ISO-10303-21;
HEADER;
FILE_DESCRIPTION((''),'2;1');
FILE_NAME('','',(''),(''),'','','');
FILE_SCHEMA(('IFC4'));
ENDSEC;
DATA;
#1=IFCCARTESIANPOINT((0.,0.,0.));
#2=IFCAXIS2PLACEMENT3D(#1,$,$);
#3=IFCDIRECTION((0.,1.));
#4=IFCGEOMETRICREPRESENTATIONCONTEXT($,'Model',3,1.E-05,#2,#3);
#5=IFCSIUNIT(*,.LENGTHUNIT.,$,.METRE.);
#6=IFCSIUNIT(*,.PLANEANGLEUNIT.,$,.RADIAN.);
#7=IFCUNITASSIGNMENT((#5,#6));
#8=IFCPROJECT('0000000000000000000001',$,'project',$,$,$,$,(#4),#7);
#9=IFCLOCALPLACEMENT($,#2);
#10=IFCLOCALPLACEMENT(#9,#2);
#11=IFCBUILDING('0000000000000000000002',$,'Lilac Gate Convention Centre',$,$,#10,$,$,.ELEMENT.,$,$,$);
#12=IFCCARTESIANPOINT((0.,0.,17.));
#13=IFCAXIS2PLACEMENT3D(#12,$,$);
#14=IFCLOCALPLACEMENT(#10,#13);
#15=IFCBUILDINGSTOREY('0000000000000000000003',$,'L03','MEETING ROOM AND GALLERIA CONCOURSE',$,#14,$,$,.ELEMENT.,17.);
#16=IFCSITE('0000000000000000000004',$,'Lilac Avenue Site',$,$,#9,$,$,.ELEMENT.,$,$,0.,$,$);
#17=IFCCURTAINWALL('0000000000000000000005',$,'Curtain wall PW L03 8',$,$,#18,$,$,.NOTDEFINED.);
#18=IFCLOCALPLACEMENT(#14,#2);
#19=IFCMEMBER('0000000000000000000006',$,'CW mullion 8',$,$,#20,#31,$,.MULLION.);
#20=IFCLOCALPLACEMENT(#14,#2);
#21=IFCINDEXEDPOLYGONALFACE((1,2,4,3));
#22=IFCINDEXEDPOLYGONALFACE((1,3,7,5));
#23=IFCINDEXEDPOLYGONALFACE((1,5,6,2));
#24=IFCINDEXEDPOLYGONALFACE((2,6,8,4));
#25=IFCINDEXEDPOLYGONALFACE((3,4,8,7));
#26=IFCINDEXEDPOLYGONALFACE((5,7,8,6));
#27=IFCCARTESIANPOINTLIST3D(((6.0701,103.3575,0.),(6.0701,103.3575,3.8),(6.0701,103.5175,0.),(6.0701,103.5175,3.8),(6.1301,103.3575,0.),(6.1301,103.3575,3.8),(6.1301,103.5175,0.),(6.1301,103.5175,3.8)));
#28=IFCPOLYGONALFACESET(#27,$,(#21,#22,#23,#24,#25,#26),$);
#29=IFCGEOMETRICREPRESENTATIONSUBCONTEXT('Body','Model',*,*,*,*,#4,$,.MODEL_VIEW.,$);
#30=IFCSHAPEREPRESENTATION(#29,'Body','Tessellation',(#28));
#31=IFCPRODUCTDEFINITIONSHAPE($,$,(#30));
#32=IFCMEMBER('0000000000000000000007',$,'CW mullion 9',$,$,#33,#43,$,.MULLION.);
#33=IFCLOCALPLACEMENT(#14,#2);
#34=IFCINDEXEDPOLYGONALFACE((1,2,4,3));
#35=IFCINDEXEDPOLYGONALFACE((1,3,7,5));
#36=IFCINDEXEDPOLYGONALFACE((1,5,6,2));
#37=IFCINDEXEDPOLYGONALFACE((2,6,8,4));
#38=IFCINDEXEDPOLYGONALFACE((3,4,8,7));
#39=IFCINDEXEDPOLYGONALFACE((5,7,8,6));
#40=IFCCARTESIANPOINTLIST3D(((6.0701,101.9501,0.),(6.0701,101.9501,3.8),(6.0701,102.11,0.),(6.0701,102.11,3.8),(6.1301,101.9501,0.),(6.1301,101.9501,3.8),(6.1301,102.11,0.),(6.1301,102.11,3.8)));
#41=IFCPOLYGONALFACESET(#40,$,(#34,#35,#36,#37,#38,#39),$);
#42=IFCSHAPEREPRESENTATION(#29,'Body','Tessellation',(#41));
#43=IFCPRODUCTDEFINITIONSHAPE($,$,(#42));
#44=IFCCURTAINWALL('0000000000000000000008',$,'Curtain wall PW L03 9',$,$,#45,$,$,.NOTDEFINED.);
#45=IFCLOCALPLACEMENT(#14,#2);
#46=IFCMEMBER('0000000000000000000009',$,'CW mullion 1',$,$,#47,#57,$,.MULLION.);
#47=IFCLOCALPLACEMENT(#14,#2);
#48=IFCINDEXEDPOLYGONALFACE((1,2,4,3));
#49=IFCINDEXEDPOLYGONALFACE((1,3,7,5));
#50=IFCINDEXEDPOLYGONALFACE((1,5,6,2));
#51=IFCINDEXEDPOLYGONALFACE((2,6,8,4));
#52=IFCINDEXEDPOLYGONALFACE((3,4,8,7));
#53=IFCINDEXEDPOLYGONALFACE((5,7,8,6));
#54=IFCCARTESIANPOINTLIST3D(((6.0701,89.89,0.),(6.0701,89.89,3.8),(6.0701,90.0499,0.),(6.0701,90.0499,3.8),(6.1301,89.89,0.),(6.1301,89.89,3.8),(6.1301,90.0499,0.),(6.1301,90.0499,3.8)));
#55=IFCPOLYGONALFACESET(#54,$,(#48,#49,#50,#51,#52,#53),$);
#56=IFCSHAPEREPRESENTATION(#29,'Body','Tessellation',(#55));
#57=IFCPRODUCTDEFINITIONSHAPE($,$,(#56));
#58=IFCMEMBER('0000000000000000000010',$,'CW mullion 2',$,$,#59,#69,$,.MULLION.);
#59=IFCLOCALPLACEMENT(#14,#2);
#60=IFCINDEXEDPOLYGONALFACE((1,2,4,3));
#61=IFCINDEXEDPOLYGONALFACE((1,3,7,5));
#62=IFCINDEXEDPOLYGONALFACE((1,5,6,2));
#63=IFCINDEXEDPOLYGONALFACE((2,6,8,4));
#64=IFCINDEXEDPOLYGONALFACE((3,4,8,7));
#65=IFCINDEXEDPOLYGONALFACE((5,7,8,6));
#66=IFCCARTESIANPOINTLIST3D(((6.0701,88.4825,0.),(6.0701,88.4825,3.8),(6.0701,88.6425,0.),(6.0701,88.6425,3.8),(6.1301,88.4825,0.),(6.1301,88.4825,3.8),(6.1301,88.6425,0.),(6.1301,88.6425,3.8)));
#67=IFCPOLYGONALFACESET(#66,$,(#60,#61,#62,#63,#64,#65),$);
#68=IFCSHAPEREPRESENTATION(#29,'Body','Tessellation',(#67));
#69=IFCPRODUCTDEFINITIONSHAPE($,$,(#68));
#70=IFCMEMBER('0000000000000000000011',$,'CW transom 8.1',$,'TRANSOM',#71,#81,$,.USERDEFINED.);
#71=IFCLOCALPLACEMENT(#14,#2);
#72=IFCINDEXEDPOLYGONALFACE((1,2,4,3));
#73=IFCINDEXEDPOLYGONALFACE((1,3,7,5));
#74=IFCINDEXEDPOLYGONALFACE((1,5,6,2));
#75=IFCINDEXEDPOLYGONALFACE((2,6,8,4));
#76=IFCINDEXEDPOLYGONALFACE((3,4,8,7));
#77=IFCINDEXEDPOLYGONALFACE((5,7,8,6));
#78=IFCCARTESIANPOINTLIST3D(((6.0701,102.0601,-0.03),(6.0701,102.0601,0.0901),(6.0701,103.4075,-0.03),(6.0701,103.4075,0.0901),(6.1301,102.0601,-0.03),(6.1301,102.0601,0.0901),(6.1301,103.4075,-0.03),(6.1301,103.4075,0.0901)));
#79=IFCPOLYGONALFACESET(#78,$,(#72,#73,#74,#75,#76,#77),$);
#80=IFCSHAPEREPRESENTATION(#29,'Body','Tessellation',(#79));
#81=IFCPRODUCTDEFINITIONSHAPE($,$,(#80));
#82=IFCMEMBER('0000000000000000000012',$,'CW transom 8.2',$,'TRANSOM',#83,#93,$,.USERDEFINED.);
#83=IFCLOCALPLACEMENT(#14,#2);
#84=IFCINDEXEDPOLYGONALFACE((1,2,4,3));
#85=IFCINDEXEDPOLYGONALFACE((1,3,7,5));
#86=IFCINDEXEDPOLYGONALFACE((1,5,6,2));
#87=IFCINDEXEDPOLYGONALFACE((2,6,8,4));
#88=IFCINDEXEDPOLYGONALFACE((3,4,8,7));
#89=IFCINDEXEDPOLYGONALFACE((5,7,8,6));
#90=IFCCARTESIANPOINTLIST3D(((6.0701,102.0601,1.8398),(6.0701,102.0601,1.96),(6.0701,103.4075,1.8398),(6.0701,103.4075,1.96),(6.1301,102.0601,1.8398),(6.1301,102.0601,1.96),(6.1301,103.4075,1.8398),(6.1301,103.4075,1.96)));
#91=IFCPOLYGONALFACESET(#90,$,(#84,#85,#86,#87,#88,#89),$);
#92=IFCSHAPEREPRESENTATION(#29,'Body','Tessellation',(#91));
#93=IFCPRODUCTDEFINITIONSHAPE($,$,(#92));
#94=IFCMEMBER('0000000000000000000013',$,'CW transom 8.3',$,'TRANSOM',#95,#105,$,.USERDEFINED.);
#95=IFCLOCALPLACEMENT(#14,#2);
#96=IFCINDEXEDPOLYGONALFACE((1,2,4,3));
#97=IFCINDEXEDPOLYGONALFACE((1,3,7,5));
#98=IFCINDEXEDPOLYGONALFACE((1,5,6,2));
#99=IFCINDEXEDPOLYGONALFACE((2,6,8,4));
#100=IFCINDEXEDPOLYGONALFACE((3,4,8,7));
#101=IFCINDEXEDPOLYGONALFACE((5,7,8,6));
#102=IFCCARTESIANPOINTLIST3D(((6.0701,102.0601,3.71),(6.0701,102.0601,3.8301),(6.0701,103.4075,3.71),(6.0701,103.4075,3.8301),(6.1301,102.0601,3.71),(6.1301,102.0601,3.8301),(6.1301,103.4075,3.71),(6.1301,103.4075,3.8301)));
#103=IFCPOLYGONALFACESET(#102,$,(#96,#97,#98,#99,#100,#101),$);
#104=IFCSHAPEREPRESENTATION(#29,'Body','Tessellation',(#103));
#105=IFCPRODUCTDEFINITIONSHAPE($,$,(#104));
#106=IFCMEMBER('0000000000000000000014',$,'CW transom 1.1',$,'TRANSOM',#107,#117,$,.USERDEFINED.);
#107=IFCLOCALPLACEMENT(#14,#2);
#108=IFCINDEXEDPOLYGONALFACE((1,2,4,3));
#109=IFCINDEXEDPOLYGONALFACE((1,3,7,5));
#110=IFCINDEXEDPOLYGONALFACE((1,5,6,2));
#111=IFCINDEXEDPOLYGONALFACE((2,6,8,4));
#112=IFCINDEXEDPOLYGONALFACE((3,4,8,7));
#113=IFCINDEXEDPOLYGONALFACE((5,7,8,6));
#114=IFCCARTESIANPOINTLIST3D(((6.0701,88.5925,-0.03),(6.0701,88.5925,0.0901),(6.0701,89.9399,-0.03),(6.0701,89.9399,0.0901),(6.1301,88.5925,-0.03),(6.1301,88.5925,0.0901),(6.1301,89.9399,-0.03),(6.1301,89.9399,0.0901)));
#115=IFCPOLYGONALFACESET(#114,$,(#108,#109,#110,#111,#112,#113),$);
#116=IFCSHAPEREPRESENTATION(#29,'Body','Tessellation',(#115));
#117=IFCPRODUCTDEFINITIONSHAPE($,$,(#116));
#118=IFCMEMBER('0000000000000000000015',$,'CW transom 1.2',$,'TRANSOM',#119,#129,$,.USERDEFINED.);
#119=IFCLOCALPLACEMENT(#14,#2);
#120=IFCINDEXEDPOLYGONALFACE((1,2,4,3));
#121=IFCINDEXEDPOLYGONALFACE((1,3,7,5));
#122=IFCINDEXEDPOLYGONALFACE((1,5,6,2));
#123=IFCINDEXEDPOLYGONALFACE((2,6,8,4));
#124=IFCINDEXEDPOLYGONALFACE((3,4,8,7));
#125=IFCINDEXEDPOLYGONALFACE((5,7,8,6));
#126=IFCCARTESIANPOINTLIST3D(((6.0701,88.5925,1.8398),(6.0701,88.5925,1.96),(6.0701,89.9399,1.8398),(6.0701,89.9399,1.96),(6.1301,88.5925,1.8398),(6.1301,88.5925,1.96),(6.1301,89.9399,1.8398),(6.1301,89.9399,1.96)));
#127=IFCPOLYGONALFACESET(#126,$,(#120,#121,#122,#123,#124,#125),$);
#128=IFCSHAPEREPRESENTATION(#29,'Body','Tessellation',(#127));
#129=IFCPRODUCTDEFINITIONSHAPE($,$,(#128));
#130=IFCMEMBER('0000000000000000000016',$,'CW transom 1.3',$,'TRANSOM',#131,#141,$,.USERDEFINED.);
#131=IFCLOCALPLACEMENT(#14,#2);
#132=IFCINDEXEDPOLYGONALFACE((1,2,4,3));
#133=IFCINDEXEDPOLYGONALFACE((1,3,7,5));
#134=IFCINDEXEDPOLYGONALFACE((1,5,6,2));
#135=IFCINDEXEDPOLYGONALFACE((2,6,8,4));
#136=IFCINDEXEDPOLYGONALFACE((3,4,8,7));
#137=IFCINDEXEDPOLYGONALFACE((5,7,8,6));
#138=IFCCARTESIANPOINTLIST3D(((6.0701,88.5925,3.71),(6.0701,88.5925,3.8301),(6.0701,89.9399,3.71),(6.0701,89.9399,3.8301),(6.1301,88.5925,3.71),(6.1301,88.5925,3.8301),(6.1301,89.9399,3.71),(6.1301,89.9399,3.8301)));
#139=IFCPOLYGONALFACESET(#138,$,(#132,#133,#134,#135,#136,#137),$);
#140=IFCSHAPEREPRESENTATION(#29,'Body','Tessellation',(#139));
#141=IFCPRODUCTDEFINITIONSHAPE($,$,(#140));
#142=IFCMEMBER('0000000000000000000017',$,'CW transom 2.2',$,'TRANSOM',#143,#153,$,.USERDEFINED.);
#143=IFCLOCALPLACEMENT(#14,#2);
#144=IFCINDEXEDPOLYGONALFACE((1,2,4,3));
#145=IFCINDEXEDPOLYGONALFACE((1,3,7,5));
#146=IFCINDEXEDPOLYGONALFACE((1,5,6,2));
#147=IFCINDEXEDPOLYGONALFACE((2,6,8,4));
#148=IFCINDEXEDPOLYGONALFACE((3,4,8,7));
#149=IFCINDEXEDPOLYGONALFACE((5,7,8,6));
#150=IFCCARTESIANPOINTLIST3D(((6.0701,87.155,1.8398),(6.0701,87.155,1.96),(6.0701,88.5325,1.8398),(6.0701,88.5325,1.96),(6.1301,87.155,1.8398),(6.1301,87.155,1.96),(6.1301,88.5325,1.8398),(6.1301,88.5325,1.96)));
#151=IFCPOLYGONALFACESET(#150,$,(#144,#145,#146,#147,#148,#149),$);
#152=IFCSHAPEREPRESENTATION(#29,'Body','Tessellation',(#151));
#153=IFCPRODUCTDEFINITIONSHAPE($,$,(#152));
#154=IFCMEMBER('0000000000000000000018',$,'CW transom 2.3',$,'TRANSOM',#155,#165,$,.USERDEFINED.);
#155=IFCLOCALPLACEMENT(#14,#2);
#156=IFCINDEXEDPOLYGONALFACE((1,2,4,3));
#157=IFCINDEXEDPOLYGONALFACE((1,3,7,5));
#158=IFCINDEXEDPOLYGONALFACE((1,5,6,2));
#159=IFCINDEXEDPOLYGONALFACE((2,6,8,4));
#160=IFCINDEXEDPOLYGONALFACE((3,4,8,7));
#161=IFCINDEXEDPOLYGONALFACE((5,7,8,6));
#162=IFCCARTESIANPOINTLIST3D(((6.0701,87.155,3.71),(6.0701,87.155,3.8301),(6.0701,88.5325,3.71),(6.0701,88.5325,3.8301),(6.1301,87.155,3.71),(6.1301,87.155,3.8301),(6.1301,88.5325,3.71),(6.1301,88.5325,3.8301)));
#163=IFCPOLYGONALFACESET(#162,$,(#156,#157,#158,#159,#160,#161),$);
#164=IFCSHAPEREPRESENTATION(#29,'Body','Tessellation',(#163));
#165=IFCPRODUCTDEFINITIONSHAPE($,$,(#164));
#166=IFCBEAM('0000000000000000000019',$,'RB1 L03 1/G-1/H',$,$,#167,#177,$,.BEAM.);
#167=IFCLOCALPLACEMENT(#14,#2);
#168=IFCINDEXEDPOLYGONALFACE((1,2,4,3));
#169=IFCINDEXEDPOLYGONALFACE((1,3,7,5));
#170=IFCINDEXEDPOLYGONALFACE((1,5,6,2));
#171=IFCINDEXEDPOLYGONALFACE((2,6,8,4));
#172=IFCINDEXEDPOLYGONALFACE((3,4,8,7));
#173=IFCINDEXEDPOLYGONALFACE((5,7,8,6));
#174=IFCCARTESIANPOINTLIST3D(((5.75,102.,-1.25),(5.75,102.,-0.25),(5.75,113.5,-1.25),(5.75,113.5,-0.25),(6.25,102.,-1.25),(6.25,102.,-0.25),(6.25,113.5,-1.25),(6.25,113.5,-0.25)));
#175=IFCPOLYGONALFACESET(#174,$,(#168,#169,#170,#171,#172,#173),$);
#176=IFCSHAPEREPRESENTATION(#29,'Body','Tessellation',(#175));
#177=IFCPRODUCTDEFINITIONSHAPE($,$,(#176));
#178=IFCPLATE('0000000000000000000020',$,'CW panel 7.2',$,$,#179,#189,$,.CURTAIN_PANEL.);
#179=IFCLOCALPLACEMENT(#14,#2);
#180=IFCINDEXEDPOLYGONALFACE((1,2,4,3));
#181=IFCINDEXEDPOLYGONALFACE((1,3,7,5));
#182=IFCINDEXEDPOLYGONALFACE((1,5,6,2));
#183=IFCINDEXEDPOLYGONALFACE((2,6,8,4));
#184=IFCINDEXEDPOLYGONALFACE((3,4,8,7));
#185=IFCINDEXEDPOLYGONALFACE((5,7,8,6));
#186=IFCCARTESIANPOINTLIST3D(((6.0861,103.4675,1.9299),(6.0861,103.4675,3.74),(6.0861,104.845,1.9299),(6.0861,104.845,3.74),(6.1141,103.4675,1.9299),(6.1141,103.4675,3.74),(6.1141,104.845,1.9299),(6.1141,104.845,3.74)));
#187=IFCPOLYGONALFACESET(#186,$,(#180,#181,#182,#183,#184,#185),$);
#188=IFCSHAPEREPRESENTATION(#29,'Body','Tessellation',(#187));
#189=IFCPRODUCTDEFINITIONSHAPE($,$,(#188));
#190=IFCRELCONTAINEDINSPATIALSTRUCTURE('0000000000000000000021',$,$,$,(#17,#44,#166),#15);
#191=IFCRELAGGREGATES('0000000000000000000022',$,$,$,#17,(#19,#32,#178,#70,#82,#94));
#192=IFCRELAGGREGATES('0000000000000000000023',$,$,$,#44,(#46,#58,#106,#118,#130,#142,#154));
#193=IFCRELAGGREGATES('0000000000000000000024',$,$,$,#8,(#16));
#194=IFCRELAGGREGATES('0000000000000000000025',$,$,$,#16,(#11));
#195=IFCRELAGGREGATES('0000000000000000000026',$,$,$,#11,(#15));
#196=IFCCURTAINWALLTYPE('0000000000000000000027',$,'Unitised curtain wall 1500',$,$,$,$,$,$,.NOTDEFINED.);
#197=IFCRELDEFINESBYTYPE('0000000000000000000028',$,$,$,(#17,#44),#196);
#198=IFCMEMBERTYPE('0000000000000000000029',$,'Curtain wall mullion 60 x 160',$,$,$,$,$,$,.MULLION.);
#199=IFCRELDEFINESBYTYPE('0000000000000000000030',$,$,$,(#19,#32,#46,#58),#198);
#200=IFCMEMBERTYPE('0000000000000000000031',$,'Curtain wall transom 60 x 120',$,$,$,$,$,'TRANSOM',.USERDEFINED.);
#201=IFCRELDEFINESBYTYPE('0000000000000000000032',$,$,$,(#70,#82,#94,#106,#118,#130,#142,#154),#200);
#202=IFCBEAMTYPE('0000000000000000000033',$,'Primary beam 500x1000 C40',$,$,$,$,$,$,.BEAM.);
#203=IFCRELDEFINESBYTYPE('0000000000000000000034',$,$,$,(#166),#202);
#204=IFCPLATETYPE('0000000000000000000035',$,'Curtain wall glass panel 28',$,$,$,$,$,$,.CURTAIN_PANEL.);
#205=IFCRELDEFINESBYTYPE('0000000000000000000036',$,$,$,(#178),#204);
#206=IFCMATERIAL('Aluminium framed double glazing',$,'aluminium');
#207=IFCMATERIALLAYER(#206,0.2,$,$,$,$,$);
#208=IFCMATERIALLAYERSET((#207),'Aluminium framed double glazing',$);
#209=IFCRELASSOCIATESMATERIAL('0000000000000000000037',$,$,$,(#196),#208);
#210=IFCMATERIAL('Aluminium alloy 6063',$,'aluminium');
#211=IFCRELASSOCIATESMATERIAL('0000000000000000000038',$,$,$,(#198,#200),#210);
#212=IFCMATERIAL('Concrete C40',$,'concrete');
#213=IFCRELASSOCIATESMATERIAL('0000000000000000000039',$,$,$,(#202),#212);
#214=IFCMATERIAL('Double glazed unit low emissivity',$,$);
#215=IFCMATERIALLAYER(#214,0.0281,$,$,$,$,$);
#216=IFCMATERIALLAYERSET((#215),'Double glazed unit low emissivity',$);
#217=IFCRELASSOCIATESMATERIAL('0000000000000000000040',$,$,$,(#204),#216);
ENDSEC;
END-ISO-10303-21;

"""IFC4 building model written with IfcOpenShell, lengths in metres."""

from ifc_helpers import new_model, si_unit, direction, frame, origin, origin_2d, place, context, subcontext, project, spatial, rectangle, extrude, material, layer, layer_set, material_profile, profile_set, type_object, element, aggregate, save


model = new_model("IFC4")

# Units and contexts
model_context = context("Model", 3, precision=1e-05, world=origin(), true_north=direction((0.0, 1.0)))
body_context = subcontext(model_context, "Body", "Model", "MODEL_VIEW")
ifc_project = project(units=[si_unit("LENGTHUNIT", "METRE"), si_unit("PLANEANGLEUNIT", "RADIAN")], contexts=[model_context])

# Site, building, storey
site_placement = place(None, origin())
site = spatial("IfcSite", under=ifc_project, at=site_placement, Name="Lilac Avenue Site", CompositionType="ELEMENT", RefElevation=0.0)
building_placement = place(site_placement, origin())
building = spatial("IfcBuilding", under=site, at=building_placement, Name="Lilac Gate Convention Centre", CompositionType="ELEMENT")
storey_placement = place(building_placement, frame((0.0, 0.0, 17.0)))
storey = spatial("IfcBuildingStorey", under=building, at=storey_placement, Name="L03", Description="MEETING ROOM AND GALLERIA CONCOURSE", CompositionType="ELEMENT", Elevation=17.0)

# Curtain walls, members
ifc_material_1 = material(Name="Aluminium framed double glazing", Category="aluminium")
ifc_layer_1 = layer(ifc_material_1, 0.2)
ifc_layer_set_1 = layer_set([ifc_layer_1], Name="Aluminium framed double glazing")
curtain_wall_type = type_object("IfcCurtainWallType", Name="Unitised curtain wall 1500", PredefinedType="NOTDEFINED", material=ifc_layer_set_1)
curtain_wall_1_placement = place(storey_placement, origin())
curtain_wall_1 = element("IfcCurtainWall", 1, at=curtain_wall_1_placement, inside=storey, type_object=curtain_wall_type, Name="Curtain wall PW L03 8", PredefinedType="NOTDEFINED")
ifc_material_2 = material(Name="Aluminium alloy 6063", Category="aluminium")
ifc_material_profile_1 = material_profile(ifc_material_2, rectangle(XDim=0.0601, YDim=0.1599, at=origin_2d()), Name="Curtain wall mullion 60 x 160")
ifc_profile_set_1 = profile_set([ifc_material_profile_1], Name="Aluminium alloy 6063")
member_type_1 = type_object("IfcMemberType", Name="Curtain wall mullion 60 x 160", PredefinedType="MULLION", material=ifc_profile_set_1)
member_1_placement = place(storey_placement, frame((6.1001, 103.4375, 0.0), z_axis=(0.0, 0.0, 1.0), x_axis=(1.0, 0.0, 0.0)))
member_1 = element("IfcMember", 2, at=member_1_placement, type_object=member_type_1, Name="CW mullion 8", PredefinedType="MULLION", context=body_context, shape_type="SweptSolid", body=[
    extrude(rectangle(XDim=0.0601, YDim=0.1599, at=origin_2d()), origin(), (0.0, 0.0, 1.0), 3.8),
])
member_2_placement = place(storey_placement, frame((6.1001, 102.03, 0.0), z_axis=(0.0, 0.0, 1.0), x_axis=(1.0, 0.0, 0.0)))
member_2 = element("IfcMember", 3, at=member_2_placement, type_object=member_type_1, Name="CW mullion 9", PredefinedType="MULLION", context=body_context, shape_type="SweptSolid", body=[
    extrude(rectangle(XDim=0.0601, YDim=0.1599, at=origin_2d()), origin(), (0.0, 0.0, 1.0), 3.8),
])
curtain_wall_2_placement = place(storey_placement, origin())
curtain_wall_2 = element("IfcCurtainWall", 4, at=curtain_wall_2_placement, inside=storey, type_object=curtain_wall_type, Name="Curtain wall PW L03 9", PredefinedType="NOTDEFINED")
member_3_placement = place(storey_placement, frame((6.1001, 89.97, 0.0), z_axis=(0.0, 0.0, 1.0), x_axis=(1.0, 0.0, 0.0)))
member_3 = element("IfcMember", 5, at=member_3_placement, type_object=member_type_1, Name="CW mullion 1", PredefinedType="MULLION", context=body_context, shape_type="SweptSolid", body=[
    extrude(rectangle(XDim=0.0601, YDim=0.1599, at=origin_2d()), origin(), (0.0, 0.0, 1.0), 3.8),
])
member_4_placement = place(storey_placement, frame((6.1001, 88.5625, 0.0), z_axis=(0.0, 0.0, 1.0), x_axis=(1.0, 0.0, 0.0)))
member_4 = element("IfcMember", 6, at=member_4_placement, type_object=member_type_1, Name="CW mullion 2", PredefinedType="MULLION", context=body_context, shape_type="SweptSolid", body=[
    extrude(rectangle(XDim=0.0601, YDim=0.1599, at=origin_2d()), origin(), (0.0, 0.0, 1.0), 3.8),
])

# Members
ifc_material_profile_2 = material_profile(ifc_material_2, rectangle(XDim=0.0601, YDim=0.1201, at=origin_2d()), Name="Curtain wall transom 60 x 120")
ifc_profile_set_2 = profile_set([ifc_material_profile_2], Name="Aluminium alloy 6063")
member_type_2 = type_object("IfcMemberType", Name="Curtain wall transom 60 x 120", ElementType="TRANSOM", PredefinedType="USERDEFINED", material=ifc_profile_set_2)
member_5_placement = place(storey_placement, frame((6.1001, 103.4075, 0.03), z_axis=(0.0, -1.0, 0.0), x_axis=(1.0, 0.0, 0.0)))
member_5 = element("IfcMember", 7, at=member_5_placement, type_object=member_type_2, Name="CW transom 8.1", ObjectType="TRANSOM", PredefinedType="USERDEFINED", context=body_context, shape_type="SweptSolid", body=[
    extrude(rectangle(XDim=0.0601, YDim=0.1201, at=origin_2d()), origin(), (0.0, 0.0, 1.0), 1.3474),
])
member_6_placement = place(storey_placement, frame((6.1001, 103.4075, 1.8999), z_axis=(0.0, -1.0, 0.0), x_axis=(1.0, 0.0, 0.0)))
member_6 = element("IfcMember", 8, at=member_6_placement, type_object=member_type_2, Name="CW transom 8.2", ObjectType="TRANSOM", PredefinedType="USERDEFINED", context=body_context, shape_type="SweptSolid", body=[
    extrude(rectangle(XDim=0.0601, YDim=0.1201, at=origin_2d()), origin(), (0.0, 0.0, 1.0), 1.3474),
])
member_7_placement = place(storey_placement, frame((6.1001, 103.4075, 3.77), z_axis=(0.0, -1.0, 0.0), x_axis=(1.0, 0.0, 0.0)))
member_7 = element("IfcMember", 9, at=member_7_placement, type_object=member_type_2, Name="CW transom 8.3", ObjectType="TRANSOM", PredefinedType="USERDEFINED", context=body_context, shape_type="SweptSolid", body=[
    extrude(rectangle(XDim=0.0601, YDim=0.1201, at=origin_2d()), origin(), (0.0, 0.0, 1.0), 1.3474),
])
member_8_placement = place(storey_placement, frame((6.1001, 89.9399, 0.03), z_axis=(0.0, -1.0, 0.0), x_axis=(1.0, 0.0, 0.0)))
member_8 = element("IfcMember", 10, at=member_8_placement, type_object=member_type_2, Name="CW transom 1.1", ObjectType="TRANSOM", PredefinedType="USERDEFINED", context=body_context, shape_type="SweptSolid", body=[
    extrude(rectangle(XDim=0.0601, YDim=0.1201, at=origin_2d()), origin(), (0.0, 0.0, 1.0), 1.3474),
])
member_9_placement = place(storey_placement, frame((6.1001, 89.9399, 1.8999), z_axis=(0.0, -1.0, 0.0), x_axis=(1.0, 0.0, 0.0)))
member_9 = element("IfcMember", 11, at=member_9_placement, type_object=member_type_2, Name="CW transom 1.2", ObjectType="TRANSOM", PredefinedType="USERDEFINED", context=body_context, shape_type="SweptSolid", body=[
    extrude(rectangle(XDim=0.0601, YDim=0.1201, at=origin_2d()), origin(), (0.0, 0.0, 1.0), 1.3474),
])
member_10_placement = place(storey_placement, frame((6.1001, 89.9399, 3.77), z_axis=(0.0, -1.0, 0.0), x_axis=(1.0, 0.0, 0.0)))
member_10 = element("IfcMember", 12, at=member_10_placement, type_object=member_type_2, Name="CW transom 1.3", ObjectType="TRANSOM", PredefinedType="USERDEFINED", context=body_context, shape_type="SweptSolid", body=[
    extrude(rectangle(XDim=0.0601, YDim=0.1201, at=origin_2d()), origin(), (0.0, 0.0, 1.0), 1.3474),
])
member_11_placement = place(storey_placement, frame((6.1001, 88.5325, 1.8999), z_axis=(0.0, -1.0, 0.0), x_axis=(1.0, 0.0, 0.0)))
member_11 = element("IfcMember", 13, at=member_11_placement, type_object=member_type_2, Name="CW transom 2.2", ObjectType="TRANSOM", PredefinedType="USERDEFINED", context=body_context, shape_type="SweptSolid", body=[
    extrude(rectangle(XDim=0.0601, YDim=0.1201, at=origin_2d()), origin(), (0.0, 0.0, 1.0), 1.3774),
])
member_12_placement = place(storey_placement, frame((6.1001, 88.5325, 3.77), z_axis=(0.0, -1.0, 0.0), x_axis=(1.0, 0.0, 0.0)))
member_12 = element("IfcMember", 14, at=member_12_placement, type_object=member_type_2, Name="CW transom 2.3", ObjectType="TRANSOM", PredefinedType="USERDEFINED", context=body_context, shape_type="SweptSolid", body=[
    extrude(rectangle(XDim=0.0601, YDim=0.1201, at=origin_2d()), origin(), (0.0, 0.0, 1.0), 1.3774),
])

# Beam
ifc_material_3 = material(Name="Concrete C40", Category="concrete")
ifc_material_profile_3 = material_profile(ifc_material_3, rectangle(XDim=0.5, YDim=1.0, at=origin_2d()), Name="RC 500x1000")
ifc_profile_set_3 = profile_set([ifc_material_profile_3], Name="Concrete C40")
beam_type = type_object("IfcBeamType", Name="Primary beam 500x1000 C40", PredefinedType="BEAM", material=ifc_profile_set_3)
beam_placement = place(storey_placement, frame((6.0, 102.0, -0.75), z_axis=(0.0, 1.0, 0.0), x_axis=(-1.0, 0.0, 0.0)))
element("IfcBeam", 15, at=beam_placement, inside=storey, type_object=beam_type, Name="RB1 L03 1/G-1/H", PredefinedType="BEAM", context=body_context, shape_type="SweptSolid", body=[
    extrude(rectangle(XDim=0.5, YDim=1.0, at=origin_2d()), origin(), (0.0, 0.0, 1.0), 11.5),
])

# Plate
ifc_material_4 = material(Name="Double glazed unit low emissivity")
ifc_layer_2 = layer(ifc_material_4, 0.0281)
ifc_layer_set_2 = layer_set([ifc_layer_2], Name="Double glazed unit low emissivity")
plate_type_1 = type_object("IfcPlateType", Name="Curtain wall glass panel 28", PredefinedType="CURTAIN_PANEL", material=ifc_layer_set_2)
plate_1_placement = place(storey_placement, frame((6.1001, 104.1562, 1.9299), z_axis=(0.0, 0.0, 1.0), x_axis=(0.0, -1.0, 0.0)))
plate_1 = element("IfcPlate", 16, at=plate_1_placement, type_object=plate_type_1, Name="CW panel 7.2", PredefinedType="CURTAIN_PANEL", context=body_context, shape_type="SweptSolid", body=[
    extrude(rectangle(XDim=1.3774, YDim=0.0281, at=origin_2d()), origin(), (0.0, 0.0, 1.0), 1.8101),
])
aggregate(curtain_wall_1, [member_1, member_2, plate_1, member_5, member_6, member_7])
aggregate(curtain_wall_2, [member_3, member_4, member_8, member_9, member_10, member_11, member_12])

save(model, "model.ifc")
